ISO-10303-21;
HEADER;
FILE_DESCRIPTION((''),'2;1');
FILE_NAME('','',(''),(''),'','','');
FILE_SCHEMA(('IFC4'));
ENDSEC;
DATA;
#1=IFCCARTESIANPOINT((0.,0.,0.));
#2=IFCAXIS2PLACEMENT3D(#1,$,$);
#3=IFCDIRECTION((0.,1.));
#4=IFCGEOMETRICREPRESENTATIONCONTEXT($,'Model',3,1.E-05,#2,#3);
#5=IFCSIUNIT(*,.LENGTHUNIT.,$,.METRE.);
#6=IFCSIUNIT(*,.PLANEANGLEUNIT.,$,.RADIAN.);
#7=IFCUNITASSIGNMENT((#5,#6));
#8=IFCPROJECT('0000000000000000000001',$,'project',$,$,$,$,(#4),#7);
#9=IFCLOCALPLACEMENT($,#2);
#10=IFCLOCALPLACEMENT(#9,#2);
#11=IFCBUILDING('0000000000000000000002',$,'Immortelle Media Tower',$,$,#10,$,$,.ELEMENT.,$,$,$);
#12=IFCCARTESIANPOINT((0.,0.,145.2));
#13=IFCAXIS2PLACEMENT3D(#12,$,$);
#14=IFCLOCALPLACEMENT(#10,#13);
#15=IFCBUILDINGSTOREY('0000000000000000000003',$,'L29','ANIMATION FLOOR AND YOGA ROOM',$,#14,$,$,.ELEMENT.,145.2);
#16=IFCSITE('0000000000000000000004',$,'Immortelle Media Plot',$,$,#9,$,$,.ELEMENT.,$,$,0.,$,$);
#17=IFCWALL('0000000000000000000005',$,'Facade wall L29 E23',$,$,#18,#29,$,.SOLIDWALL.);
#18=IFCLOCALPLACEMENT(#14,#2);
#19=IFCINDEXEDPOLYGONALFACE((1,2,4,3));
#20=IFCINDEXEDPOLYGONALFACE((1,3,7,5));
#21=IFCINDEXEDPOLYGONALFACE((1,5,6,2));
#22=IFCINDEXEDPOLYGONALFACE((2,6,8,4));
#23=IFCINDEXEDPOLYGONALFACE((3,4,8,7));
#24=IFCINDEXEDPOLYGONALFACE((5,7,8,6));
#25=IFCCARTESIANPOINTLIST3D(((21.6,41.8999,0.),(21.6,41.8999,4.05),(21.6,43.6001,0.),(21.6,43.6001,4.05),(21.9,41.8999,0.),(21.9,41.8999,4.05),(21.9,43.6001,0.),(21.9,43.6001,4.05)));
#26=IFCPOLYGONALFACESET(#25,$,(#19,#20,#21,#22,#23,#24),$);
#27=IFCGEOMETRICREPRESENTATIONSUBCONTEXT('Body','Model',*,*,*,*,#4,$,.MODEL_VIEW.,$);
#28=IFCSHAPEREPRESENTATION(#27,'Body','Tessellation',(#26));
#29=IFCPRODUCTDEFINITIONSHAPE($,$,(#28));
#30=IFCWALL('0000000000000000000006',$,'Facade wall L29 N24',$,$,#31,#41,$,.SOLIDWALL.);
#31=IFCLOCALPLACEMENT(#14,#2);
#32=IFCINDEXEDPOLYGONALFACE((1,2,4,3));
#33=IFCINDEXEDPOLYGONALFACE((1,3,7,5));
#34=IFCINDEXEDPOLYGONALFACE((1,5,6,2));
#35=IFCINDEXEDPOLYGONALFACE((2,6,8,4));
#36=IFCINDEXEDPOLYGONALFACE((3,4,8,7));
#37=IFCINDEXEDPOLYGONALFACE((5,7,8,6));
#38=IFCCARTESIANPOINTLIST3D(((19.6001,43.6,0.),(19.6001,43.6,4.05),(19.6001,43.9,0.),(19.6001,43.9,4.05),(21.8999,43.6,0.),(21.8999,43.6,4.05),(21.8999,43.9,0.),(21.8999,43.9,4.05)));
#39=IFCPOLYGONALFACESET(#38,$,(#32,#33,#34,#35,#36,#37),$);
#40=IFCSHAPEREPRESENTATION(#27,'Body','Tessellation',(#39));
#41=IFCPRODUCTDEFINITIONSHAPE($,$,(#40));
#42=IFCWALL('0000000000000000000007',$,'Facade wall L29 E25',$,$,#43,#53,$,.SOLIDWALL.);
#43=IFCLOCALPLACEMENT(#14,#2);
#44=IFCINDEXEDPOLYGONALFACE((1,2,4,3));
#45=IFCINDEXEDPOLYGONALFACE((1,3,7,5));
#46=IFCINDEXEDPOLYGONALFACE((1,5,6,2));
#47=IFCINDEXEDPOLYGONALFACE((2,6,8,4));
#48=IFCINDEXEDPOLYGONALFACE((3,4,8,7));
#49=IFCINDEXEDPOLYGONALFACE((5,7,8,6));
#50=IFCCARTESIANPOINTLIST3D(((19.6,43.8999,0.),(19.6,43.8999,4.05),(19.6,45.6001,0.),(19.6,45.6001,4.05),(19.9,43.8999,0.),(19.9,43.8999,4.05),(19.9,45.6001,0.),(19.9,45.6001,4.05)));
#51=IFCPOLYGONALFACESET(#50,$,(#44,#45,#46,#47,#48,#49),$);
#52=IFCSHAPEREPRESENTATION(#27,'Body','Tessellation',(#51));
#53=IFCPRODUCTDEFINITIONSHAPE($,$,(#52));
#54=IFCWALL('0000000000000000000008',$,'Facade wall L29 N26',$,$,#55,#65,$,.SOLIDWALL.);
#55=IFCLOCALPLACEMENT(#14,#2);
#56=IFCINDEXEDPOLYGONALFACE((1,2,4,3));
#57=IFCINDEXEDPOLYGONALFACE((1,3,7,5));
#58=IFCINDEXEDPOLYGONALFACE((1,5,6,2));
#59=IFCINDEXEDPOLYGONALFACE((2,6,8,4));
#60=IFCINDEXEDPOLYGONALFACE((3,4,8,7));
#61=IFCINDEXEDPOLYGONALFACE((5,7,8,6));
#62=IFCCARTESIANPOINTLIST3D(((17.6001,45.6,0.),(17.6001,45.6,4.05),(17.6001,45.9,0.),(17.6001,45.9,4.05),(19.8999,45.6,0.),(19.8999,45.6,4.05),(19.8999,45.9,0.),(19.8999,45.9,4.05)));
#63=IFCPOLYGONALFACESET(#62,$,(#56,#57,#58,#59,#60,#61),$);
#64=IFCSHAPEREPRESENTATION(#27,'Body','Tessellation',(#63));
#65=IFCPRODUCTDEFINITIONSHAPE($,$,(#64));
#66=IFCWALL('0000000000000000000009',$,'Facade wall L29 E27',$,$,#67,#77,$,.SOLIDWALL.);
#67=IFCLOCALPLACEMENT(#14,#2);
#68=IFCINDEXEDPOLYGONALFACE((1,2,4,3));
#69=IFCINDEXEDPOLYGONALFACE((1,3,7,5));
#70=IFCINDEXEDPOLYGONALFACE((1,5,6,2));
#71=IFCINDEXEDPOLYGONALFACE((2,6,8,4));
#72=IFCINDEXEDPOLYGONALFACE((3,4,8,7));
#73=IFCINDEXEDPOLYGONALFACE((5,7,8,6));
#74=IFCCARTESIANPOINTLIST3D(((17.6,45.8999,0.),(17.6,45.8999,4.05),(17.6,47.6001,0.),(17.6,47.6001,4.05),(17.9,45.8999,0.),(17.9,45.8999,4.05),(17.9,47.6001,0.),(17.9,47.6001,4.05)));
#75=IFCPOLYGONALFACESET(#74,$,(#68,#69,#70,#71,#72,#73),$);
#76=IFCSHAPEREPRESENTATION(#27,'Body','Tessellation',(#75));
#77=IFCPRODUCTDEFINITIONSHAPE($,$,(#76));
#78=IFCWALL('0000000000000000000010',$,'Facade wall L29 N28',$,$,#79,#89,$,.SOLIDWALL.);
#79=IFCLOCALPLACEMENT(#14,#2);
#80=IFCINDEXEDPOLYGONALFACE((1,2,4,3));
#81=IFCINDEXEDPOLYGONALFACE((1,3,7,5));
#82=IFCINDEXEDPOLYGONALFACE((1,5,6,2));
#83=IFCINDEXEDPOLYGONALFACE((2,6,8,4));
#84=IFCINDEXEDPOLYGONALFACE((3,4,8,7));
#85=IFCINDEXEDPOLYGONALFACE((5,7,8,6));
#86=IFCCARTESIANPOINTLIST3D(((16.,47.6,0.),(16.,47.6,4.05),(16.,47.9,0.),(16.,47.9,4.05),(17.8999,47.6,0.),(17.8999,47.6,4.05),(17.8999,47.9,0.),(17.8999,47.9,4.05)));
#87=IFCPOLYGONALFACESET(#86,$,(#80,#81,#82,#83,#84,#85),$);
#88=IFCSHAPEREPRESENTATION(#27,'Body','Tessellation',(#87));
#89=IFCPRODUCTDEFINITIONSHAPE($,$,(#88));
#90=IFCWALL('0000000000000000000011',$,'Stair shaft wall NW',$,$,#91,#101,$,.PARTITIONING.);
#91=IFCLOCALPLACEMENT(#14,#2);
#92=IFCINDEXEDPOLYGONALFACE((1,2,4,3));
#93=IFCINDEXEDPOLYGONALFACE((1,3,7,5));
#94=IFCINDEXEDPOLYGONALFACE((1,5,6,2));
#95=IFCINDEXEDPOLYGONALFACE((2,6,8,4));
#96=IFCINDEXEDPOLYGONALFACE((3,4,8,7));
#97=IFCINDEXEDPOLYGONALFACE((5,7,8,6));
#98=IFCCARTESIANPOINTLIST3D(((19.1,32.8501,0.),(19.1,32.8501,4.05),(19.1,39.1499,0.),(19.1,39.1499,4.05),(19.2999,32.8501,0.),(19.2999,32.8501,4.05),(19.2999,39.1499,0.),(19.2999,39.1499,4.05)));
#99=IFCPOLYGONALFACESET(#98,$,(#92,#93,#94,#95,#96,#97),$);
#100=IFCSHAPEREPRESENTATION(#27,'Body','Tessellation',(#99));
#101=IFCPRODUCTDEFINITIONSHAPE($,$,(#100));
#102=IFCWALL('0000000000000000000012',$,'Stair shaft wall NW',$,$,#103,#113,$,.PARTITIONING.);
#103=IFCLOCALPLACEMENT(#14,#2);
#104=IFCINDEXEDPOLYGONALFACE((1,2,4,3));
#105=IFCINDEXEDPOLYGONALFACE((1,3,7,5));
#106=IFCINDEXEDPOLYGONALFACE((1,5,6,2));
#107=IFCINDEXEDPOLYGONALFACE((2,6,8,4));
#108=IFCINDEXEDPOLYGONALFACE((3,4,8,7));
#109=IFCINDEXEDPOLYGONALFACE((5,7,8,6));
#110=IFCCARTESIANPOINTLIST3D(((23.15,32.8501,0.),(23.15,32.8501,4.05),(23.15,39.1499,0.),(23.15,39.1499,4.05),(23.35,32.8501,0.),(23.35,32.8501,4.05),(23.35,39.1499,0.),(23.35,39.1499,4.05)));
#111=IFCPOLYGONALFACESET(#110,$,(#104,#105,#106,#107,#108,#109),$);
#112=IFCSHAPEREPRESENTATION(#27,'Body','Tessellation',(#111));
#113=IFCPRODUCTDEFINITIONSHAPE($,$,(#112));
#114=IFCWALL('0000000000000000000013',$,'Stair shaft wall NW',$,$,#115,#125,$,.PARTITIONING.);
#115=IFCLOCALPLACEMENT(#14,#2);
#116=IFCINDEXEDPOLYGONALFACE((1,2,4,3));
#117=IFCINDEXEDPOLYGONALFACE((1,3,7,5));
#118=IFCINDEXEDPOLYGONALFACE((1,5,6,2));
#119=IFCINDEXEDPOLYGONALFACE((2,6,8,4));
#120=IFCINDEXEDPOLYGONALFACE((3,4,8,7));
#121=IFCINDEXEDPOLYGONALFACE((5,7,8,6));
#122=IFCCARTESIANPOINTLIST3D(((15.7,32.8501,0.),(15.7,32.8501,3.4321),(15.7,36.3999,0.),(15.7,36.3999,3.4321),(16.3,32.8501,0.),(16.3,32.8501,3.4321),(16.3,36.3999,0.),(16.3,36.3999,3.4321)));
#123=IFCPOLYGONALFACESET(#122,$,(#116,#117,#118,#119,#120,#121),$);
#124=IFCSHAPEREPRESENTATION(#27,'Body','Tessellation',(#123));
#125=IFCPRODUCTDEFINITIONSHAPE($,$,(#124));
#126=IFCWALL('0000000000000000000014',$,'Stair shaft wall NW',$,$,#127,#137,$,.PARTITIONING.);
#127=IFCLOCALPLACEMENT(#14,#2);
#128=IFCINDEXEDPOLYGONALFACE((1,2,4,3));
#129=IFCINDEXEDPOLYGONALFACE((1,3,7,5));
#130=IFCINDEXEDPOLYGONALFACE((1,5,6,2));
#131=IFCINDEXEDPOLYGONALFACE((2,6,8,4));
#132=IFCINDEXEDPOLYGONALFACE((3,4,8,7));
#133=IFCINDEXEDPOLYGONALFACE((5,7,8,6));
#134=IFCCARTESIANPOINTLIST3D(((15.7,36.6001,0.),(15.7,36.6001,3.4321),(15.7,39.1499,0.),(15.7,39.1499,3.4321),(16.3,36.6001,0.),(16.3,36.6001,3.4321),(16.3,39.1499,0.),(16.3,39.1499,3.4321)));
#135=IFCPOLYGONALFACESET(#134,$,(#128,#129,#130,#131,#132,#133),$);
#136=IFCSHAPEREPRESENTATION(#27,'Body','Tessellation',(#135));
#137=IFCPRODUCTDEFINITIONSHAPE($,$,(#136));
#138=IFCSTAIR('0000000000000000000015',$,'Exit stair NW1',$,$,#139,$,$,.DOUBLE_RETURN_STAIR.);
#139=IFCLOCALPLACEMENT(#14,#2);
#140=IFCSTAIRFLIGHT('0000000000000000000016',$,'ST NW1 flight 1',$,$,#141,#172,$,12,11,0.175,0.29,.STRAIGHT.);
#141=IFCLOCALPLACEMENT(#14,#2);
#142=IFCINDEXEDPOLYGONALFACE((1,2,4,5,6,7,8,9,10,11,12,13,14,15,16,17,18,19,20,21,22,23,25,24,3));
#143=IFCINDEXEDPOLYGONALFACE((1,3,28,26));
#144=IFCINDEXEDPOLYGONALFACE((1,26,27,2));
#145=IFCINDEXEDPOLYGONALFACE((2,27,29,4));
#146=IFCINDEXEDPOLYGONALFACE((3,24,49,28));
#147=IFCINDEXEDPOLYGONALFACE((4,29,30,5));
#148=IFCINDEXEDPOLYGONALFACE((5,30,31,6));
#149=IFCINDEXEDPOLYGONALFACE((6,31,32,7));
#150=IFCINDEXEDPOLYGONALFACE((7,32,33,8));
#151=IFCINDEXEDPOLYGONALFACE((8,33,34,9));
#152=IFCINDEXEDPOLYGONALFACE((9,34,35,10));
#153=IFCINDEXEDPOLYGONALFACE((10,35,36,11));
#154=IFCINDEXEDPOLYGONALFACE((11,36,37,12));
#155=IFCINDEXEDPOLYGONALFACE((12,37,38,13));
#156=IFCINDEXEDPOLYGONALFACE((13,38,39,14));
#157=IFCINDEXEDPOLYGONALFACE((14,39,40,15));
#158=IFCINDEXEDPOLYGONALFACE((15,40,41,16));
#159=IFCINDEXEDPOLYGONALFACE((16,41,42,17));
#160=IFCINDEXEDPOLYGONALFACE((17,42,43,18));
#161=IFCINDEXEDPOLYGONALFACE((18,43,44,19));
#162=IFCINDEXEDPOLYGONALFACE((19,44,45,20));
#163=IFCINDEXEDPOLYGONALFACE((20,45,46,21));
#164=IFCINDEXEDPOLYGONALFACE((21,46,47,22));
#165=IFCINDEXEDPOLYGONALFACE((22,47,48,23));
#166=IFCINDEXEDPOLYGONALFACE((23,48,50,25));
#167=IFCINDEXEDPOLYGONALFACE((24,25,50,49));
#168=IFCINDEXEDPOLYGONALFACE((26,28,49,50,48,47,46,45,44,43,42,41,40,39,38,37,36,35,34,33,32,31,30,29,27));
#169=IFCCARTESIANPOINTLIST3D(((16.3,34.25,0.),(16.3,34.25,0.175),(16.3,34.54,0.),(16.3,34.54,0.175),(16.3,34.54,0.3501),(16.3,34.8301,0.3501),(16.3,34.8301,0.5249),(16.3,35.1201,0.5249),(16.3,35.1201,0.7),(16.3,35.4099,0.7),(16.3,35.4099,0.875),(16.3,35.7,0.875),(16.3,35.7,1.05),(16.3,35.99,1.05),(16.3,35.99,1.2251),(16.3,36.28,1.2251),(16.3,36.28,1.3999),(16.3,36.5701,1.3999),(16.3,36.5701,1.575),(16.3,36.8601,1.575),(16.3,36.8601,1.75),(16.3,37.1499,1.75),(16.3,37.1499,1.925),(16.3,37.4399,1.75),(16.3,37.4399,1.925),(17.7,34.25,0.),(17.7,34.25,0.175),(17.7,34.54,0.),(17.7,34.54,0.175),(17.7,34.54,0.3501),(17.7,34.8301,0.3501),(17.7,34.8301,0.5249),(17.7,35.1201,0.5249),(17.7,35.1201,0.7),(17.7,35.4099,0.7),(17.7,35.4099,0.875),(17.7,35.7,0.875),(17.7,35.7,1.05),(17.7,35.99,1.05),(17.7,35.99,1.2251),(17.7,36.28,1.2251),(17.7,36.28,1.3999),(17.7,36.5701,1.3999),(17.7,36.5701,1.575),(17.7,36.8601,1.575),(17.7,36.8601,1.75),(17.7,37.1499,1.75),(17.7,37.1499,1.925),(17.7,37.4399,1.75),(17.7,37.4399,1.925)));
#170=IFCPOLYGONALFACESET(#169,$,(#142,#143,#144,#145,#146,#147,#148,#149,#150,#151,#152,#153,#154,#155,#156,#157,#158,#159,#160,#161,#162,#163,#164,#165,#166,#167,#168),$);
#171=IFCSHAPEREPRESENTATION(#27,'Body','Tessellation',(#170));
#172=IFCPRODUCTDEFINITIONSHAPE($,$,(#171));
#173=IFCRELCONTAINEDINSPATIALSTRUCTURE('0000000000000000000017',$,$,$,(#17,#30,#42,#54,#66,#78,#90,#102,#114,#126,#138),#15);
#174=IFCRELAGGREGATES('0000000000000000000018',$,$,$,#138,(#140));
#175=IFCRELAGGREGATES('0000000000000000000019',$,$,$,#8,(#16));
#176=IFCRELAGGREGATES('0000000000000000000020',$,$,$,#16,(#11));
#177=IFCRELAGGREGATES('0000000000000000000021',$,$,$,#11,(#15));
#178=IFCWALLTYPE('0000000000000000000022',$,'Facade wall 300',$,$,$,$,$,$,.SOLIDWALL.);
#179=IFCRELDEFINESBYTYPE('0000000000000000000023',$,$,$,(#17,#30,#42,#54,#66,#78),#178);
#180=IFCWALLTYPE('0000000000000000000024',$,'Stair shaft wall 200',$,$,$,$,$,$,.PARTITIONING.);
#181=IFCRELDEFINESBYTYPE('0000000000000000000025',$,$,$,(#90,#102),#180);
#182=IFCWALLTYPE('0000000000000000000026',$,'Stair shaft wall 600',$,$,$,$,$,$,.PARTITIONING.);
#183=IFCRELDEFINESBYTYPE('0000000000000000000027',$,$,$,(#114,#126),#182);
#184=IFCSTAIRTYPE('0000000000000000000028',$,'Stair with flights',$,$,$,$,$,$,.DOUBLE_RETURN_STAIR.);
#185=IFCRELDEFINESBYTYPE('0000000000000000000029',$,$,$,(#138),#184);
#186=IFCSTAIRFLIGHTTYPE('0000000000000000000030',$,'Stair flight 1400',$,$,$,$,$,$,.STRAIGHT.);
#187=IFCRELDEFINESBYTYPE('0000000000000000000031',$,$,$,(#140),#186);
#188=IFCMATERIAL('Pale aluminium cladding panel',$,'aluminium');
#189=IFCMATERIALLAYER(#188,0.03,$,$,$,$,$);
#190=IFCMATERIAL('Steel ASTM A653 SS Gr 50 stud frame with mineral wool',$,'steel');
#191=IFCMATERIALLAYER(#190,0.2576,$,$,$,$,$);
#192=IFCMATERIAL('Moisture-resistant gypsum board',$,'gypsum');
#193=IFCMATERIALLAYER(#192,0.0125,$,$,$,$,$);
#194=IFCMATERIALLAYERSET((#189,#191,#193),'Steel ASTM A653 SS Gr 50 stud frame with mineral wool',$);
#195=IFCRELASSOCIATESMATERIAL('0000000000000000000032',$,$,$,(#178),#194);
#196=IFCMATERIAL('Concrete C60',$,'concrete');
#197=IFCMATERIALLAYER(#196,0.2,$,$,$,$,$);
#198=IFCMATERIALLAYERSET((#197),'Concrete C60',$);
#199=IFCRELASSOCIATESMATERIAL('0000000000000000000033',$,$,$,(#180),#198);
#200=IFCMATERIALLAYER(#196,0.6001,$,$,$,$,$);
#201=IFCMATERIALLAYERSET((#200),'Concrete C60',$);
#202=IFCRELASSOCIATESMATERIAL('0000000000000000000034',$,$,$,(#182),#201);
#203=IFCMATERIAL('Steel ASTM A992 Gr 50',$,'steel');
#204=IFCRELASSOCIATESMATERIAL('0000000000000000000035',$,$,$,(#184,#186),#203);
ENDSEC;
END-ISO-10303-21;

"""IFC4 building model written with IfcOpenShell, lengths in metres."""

from ifc_helpers import new_model, si_unit, direction, frame, frame_2d, origin, place, context, subcontext, project, spatial, polyline, rectangle, outline, extrude, material, layer, layer_set, type_object, element, aggregate, save


model = new_model("IFC4")

# Units and contexts
model_context = context("Model", 3, precision=1e-05, world=origin(), true_north=direction((0.0, 1.0)))
body_context = subcontext(model_context, "Body", "Model", "MODEL_VIEW")
ifc_project = project(units=[si_unit("LENGTHUNIT", "METRE"), si_unit("PLANEANGLEUNIT", "RADIAN")], contexts=[model_context])

# Site, building, storey
site_placement = place(None, origin())
site = spatial("IfcSite", under=ifc_project, at=site_placement, Name="Immortelle Media Plot", CompositionType="ELEMENT", RefElevation=0.0)
building_placement = place(site_placement, origin())
building = spatial("IfcBuilding", under=site, at=building_placement, Name="Immortelle Media Tower", CompositionType="ELEMENT")
storey_placement = place(building_placement, frame((0.0, 0.0, 145.2)))
storey = spatial("IfcBuildingStorey", under=building, at=storey_placement, Name="L29", Description="ANIMATION FLOOR AND YOGA ROOM", CompositionType="ELEMENT", Elevation=145.2)

# Shared definitions
ifc_material_1 = material(Name="Steel ASTM A992 Gr 50", Category="steel")

# Walls
ifc_material_2 = material(Name="Pale aluminium cladding panel", Category="aluminium")
ifc_layer_1 = layer(ifc_material_2, 0.03)
ifc_material_3 = material(Name="Steel ASTM A653 SS Gr 50 stud frame with mineral wool", Category="steel")
ifc_layer_2 = layer(ifc_material_3, 0.2576)
ifc_material_4 = material(Name="Moisture-resistant gypsum board", Category="gypsum")
ifc_layer_3 = layer(ifc_material_4, 0.0125)
ifc_layer_set_1 = layer_set([ifc_layer_1, ifc_layer_2, ifc_layer_3], Name="Steel ASTM A653 SS Gr 50 stud frame with mineral wool")
wall_type_1 = type_object("IfcWallType", Name="Facade wall 300", PredefinedType="SOLIDWALL", material=ifc_layer_set_1)
wall_1_placement = place(storey_placement, frame((21.75, 41.8999, 0.0), z_axis=(0.0, 0.0, 1.0), x_axis=(0.0, 1.0, 0.0)))
element("IfcWall", 1, at=wall_1_placement, inside=storey, type_object=wall_type_1, Name="Facade wall L29 E23", PredefinedType="SOLIDWALL", context=body_context, shape_type="SweptSolid", body=[
    extrude(rectangle(XDim=1.7002, YDim=0.3, at=frame_2d((0.8501, 0.0))), origin(), (0.0, 0.0, 1.0), 4.05),
])
wall_2_placement = place(storey_placement, frame((21.8999, 43.75, 0.0), z_axis=(0.0, 0.0, 1.0), x_axis=(-1.0, 0.0, 0.0)))
element("IfcWall", 2, at=wall_2_placement, inside=storey, type_object=wall_type_1, Name="Facade wall L29 N24", PredefinedType="SOLIDWALL", context=body_context, shape_type="SweptSolid", body=[
    extrude(rectangle(XDim=2.2998, YDim=0.3, at=frame_2d((1.1499, 0.0))), origin(), (0.0, 0.0, 1.0), 4.05),
])
wall_3_placement = place(storey_placement, frame((19.75, 43.8999, 0.0), z_axis=(0.0, 0.0, 1.0), x_axis=(0.0, 1.0, 0.0)))
element("IfcWall", 3, at=wall_3_placement, inside=storey, type_object=wall_type_1, Name="Facade wall L29 E25", PredefinedType="SOLIDWALL", context=body_context, shape_type="SweptSolid", body=[
    extrude(rectangle(XDim=1.7002, YDim=0.3, at=frame_2d((0.8501, 0.0))), origin(), (0.0, 0.0, 1.0), 4.05),
])
wall_4_placement = place(storey_placement, frame((19.8999, 45.75, 0.0), z_axis=(0.0, 0.0, 1.0), x_axis=(-1.0, 0.0, 0.0)))
element("IfcWall", 4, at=wall_4_placement, inside=storey, type_object=wall_type_1, Name="Facade wall L29 N26", PredefinedType="SOLIDWALL", context=body_context, shape_type="SweptSolid", body=[
    extrude(rectangle(XDim=2.2998, YDim=0.3, at=frame_2d((1.1499, 0.0))), origin(), (0.0, 0.0, 1.0), 4.05),
])
wall_5_placement = place(storey_placement, frame((17.75, 45.8999, 0.0), z_axis=(0.0, 0.0, 1.0), x_axis=(0.0, 1.0, 0.0)))
element("IfcWall", 5, at=wall_5_placement, inside=storey, type_object=wall_type_1, Name="Facade wall L29 E27", PredefinedType="SOLIDWALL", context=body_context, shape_type="SweptSolid", body=[
    extrude(rectangle(XDim=1.7002, YDim=0.3, at=frame_2d((0.8501, 0.0))), origin(), (0.0, 0.0, 1.0), 4.05),
])
wall_6_placement = place(storey_placement, frame((17.8999, 47.75, 0.0), z_axis=(0.0, 0.0, 1.0), x_axis=(-1.0, 0.0, 0.0)))
element("IfcWall", 6, at=wall_6_placement, inside=storey, type_object=wall_type_1, Name="Facade wall L29 N28", PredefinedType="SOLIDWALL", context=body_context, shape_type="SweptSolid", body=[
    extrude(rectangle(XDim=1.8999, YDim=0.3, at=frame_2d((0.95, 0.0))), origin(), (0.0, 0.0, 1.0), 4.05),
])
ifc_material_5 = material(Name="Concrete C60", Category="concrete")
ifc_layer_4 = layer(ifc_material_5, 0.2)
ifc_layer_set_2 = layer_set([ifc_layer_4], Name="Concrete C60")
wall_type_2 = type_object("IfcWallType", Name="Stair shaft wall 200", PredefinedType="PARTITIONING", material=ifc_layer_set_2)
for number, where, z_axis, x_axis, name in (
    (7, (19.2, 32.8501, 0.0), (0.0, 0.0, 1.0), (0.0, 1.0, 0.0), "Stair shaft wall NW"),
    (8, (23.25, 32.8501, 0.0), (0.0, 0.0, 1.0), (0.0, 1.0, 0.0), "Stair shaft wall NW"),
):
    element("IfcWall", number, at=place(storey_placement, frame(where, z_axis=z_axis, x_axis=x_axis)), inside=storey, type_object=wall_type_2, Name=name, PredefinedType="PARTITIONING", context=body_context, shape_type="SweptSolid", body=[
        extrude(rectangle(XDim=6.2998, YDim=0.2, at=frame_2d((3.1499, 0.0))), origin(), (0.0, 0.0, 1.0), 4.05),
    ])
ifc_layer_5 = layer(ifc_material_5, 0.6001)
ifc_layer_set_3 = layer_set([ifc_layer_5], Name="Concrete C60")
wall_type_3 = type_object("IfcWallType", Name="Stair shaft wall 600", PredefinedType="PARTITIONING", material=ifc_layer_set_3)
wall_7_placement = place(storey_placement, frame((16.0, 32.8501, 0.0), z_axis=(0.0, 0.0, 1.0), x_axis=(0.0, 1.0, 0.0)))
element("IfcWall", 9, at=wall_7_placement, inside=storey, type_object=wall_type_3, Name="Stair shaft wall NW", PredefinedType="PARTITIONING", context=body_context, shape_type="SweptSolid", body=[
    extrude(rectangle(XDim=3.5498, YDim=0.6001, at=frame_2d((1.7749, 0.0))), origin(), (0.0, 0.0, 1.0), 3.4321),
])
wall_8_placement = place(storey_placement, frame((16.0, 36.6001, 0.0), z_axis=(0.0, 0.0, 1.0), x_axis=(0.0, 1.0, 0.0)))
element("IfcWall", 10, at=wall_8_placement, inside=storey, type_object=wall_type_3, Name="Stair shaft wall NW", PredefinedType="PARTITIONING", context=body_context, shape_type="SweptSolid", body=[
    extrude(rectangle(XDim=2.5498, YDim=0.6001, at=frame_2d((1.2749, 0.0))), origin(), (0.0, 0.0, 1.0), 3.4321),
])

# Stair, stair flight
stair_type = type_object("IfcStairType", Name="Stair with flights", PredefinedType="DOUBLE_RETURN_STAIR", material=ifc_material_1)
stair_1_placement = place(storey_placement, origin())
stair_1 = element("IfcStair", 11, at=stair_1_placement, inside=storey, type_object=stair_type, Name="Exit stair NW1", PredefinedType="DOUBLE_RETURN_STAIR")
stair_flight_type = type_object("IfcStairFlightType", Name="Stair flight 1400", PredefinedType="STRAIGHT", material=ifc_material_1)
stair_flight_1_placement = place(storey_placement, frame((17.0, 34.25, 0.0), z_axis=(0.0, 0.0, 1.0), x_axis=(0.0, 1.0, 0.0)))
stair_flight_1 = element("IfcStairFlight", 12, at=stair_flight_1_placement, type_object=stair_flight_type, Name="ST NW1 flight 1", NumberOfRisers=12, NumberOfTreads=11, PredefinedType="STRAIGHT", RiserHeight=0.175, TreadLength=0.29, context=body_context, shape_type="SweptSolid", body=[
    extrude(outline(polyline([(0.0, 0.0), (0.0, 0.175), (0.29, 0.175), (0.29, 0.3501), (0.5801, 0.3501), (0.5801, 0.5249), (0.8701, 0.5249), (0.8701, 0.7), (1.1599, 0.7), (1.1599, 0.875), (1.45, 0.875), (1.45, 1.05), (1.74, 1.05), (1.74, 1.2251), (2.03, 1.2251), (2.03, 1.3999), (2.3201, 1.3999), (2.3201, 1.575), (2.6101, 1.575), (2.6101, 1.75), (2.8999, 1.75), (2.8999, 1.925), (3.1899, 1.925), (3.1899, 2.1001), (3.1899, 1.75), (0.29, 0.0), (0.0, 0.0)])), frame((0.0, 0.7, 0.0), z_axis=(0.0, -1.0, 0.0), x_axis=(1.0, 0.0, 0.0)), (0.0, 0.0, 1.0), 1.3999),
])
aggregate(stair_1, [stair_flight_1])

save(model, "model.ifc")
